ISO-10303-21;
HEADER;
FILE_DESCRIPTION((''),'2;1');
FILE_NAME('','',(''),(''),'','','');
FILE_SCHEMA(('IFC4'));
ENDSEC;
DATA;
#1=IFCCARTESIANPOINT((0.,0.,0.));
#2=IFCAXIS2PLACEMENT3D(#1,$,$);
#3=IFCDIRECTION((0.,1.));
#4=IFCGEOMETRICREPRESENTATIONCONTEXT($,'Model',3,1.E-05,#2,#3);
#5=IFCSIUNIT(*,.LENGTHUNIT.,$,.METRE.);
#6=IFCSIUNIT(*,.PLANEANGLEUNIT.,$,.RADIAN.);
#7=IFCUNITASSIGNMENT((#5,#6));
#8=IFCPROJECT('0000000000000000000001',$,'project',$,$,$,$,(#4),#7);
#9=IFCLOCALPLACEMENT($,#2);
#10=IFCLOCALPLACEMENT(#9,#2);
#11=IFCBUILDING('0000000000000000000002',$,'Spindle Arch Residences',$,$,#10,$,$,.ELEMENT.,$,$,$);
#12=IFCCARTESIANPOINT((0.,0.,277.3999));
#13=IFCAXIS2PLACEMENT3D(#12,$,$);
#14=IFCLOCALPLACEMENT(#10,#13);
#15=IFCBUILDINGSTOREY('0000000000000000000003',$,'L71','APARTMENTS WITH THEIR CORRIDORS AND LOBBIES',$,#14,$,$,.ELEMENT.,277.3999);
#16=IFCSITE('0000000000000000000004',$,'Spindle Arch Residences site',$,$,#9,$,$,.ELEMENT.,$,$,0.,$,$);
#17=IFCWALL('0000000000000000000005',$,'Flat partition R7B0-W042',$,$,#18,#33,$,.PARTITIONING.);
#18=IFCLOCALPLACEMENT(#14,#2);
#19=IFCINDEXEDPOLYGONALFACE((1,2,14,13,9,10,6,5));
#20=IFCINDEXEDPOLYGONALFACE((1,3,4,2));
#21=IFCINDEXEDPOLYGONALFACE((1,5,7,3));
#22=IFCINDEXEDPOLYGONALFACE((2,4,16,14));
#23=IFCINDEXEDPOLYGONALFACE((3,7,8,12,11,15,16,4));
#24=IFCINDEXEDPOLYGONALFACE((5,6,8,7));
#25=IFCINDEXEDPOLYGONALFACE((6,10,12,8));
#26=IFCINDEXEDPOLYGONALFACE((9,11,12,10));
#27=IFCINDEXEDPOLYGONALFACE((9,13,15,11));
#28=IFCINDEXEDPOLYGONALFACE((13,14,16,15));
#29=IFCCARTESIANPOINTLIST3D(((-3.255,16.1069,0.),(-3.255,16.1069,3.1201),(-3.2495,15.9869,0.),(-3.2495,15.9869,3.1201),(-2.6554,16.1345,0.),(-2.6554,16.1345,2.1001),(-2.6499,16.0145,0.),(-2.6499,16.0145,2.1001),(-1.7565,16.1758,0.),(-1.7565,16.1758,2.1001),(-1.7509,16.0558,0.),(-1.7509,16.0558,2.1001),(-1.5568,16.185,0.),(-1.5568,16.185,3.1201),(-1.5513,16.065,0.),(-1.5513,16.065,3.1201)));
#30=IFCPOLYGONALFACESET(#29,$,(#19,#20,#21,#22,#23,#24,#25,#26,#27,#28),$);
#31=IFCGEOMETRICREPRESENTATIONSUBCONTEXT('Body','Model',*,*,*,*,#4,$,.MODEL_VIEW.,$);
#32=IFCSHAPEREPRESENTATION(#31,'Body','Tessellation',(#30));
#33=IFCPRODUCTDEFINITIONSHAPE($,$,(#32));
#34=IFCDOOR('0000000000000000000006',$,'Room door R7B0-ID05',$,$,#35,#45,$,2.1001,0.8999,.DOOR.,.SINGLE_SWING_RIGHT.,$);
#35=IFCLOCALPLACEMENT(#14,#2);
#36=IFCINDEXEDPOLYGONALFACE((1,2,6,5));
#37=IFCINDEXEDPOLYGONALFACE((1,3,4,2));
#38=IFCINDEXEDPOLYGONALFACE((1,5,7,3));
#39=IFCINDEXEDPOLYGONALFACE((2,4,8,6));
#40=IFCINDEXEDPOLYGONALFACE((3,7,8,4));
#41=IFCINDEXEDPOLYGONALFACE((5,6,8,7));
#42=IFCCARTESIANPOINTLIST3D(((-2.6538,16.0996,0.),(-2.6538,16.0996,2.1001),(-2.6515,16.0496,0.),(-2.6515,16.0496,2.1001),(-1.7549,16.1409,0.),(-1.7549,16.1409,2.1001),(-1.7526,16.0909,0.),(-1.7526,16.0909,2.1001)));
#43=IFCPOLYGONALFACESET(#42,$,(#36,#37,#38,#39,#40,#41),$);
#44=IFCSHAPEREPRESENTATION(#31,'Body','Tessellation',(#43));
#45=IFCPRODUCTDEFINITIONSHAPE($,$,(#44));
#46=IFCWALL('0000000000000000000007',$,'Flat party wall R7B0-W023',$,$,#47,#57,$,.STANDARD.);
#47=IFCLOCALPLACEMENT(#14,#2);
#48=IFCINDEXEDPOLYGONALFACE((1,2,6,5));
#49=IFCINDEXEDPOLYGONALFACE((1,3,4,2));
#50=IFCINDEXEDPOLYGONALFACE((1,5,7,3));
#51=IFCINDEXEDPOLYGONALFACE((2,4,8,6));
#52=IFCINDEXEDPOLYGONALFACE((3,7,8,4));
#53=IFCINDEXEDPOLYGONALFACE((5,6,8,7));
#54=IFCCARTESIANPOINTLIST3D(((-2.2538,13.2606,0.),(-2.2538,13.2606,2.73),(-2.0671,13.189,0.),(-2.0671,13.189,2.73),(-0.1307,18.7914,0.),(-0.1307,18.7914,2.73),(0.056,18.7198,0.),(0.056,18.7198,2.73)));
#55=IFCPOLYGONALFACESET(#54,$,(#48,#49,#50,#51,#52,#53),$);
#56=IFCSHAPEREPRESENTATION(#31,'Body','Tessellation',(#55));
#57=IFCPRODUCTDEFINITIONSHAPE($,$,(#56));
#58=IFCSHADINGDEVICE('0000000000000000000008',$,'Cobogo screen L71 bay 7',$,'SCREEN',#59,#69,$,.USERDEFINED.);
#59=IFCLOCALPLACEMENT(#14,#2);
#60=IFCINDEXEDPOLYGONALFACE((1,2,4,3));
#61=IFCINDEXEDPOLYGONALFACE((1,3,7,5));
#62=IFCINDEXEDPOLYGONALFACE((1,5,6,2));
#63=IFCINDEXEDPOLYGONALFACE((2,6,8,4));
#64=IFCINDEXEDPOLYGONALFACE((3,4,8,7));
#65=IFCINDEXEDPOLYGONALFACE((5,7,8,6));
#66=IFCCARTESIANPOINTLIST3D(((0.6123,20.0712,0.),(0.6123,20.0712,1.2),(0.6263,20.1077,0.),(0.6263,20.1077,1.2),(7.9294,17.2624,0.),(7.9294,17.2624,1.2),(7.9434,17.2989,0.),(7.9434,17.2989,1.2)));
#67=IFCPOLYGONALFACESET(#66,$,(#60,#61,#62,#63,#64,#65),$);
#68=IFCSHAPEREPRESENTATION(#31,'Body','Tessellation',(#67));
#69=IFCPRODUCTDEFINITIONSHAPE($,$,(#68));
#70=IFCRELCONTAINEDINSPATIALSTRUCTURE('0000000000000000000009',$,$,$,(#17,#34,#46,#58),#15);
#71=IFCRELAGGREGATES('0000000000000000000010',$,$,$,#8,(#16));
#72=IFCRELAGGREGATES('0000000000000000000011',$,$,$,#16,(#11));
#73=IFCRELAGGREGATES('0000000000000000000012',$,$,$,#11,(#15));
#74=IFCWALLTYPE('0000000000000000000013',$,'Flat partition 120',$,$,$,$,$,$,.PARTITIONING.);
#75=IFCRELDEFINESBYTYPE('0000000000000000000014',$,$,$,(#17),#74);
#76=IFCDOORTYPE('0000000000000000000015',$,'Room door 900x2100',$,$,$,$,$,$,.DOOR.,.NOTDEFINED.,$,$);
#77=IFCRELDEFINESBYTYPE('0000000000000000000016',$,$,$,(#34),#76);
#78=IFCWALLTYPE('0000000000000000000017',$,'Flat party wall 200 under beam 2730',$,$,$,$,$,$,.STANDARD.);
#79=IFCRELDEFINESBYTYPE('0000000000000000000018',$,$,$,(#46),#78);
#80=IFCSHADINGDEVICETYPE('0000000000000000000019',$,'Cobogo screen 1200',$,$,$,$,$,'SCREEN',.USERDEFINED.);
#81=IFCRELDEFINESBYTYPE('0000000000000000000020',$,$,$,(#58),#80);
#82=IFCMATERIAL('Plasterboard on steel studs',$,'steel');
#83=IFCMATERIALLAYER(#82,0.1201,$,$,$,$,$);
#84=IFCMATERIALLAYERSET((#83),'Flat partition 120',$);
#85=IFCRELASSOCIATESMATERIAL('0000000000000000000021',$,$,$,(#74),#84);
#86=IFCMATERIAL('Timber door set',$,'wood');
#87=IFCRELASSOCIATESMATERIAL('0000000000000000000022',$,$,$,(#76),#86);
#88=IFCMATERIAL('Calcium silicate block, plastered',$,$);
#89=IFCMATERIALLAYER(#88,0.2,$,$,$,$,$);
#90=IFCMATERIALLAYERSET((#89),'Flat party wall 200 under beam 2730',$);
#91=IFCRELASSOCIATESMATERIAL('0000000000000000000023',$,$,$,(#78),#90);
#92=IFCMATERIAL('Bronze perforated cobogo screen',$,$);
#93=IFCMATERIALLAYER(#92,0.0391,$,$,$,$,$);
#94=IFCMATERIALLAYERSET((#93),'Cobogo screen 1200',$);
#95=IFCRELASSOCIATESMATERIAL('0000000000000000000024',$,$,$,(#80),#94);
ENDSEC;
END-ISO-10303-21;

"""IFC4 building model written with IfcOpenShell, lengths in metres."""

from ifc_helpers import new_model, si_unit, direction, frame, frame_2d, origin, origin_2d, place, context, subcontext, project, spatial, rectangle, extrude, material, layer, layer_set, type_object, element, fill, save


model = new_model("IFC4")

# Units and contexts
model_context = context("Model", 3, precision=1e-05, world=origin(), true_north=direction((0.0, 1.0)))
body_context = subcontext(model_context, "Body", "Model", "MODEL_VIEW")
ifc_project = project(units=[si_unit("LENGTHUNIT", "METRE"), si_unit("PLANEANGLEUNIT", "RADIAN")], contexts=[model_context])

# Site, building, storey
site_placement = place(None, origin())
site = spatial("IfcSite", under=ifc_project, at=site_placement, Name="Spindle Arch Residences site", CompositionType="ELEMENT", RefElevation=0.0)
building_placement = place(site_placement, origin())
building = spatial("IfcBuilding", under=site, at=building_placement, Name="Spindle Arch Residences", CompositionType="ELEMENT")
storey_placement = place(building_placement, frame((0.0, 0.0, 277.3999)))
storey = spatial("IfcBuildingStorey", under=building, at=storey_placement, Name="L71", Description="APARTMENTS WITH THEIR CORRIDORS AND LOBBIES", CompositionType="ELEMENT", Elevation=277.3999)

# Shared definitions
ifc_material_1 = material(Name="Plasterboard on steel studs", Category="steel")
ifc_layer_1 = layer(ifc_material_1, 0.1201)
ifc_layer_set_1 = layer_set([ifc_layer_1], Name="Flat partition 120")
wall_type_1 = type_object("IfcWallType", Name="Flat partition 120", PredefinedType="PARTITIONING", material=ifc_layer_set_1)

# Wall, opening, door
wall_1_placement = place(storey_placement, frame((-1.554, 16.125, 0.0), z_axis=(0.0, 0.0, 1.0), x_axis=(-0.998944, -0.045955, 0.0)))
wall_1 = element("IfcWall", 1, at=wall_1_placement, inside=storey, type_object=wall_type_1, Name="Flat partition R7B0-W042", PredefinedType="PARTITIONING", context=body_context, shape_type="SweptSolid", body=[
    extrude(rectangle(XDim=1.7, YDim=0.1201, at=frame_2d((0.8501, 0.0))), origin(), (0.0, 0.0, 1.0), 3.1201),
])
opening_1_placement = place(wall_1_placement, frame((0.2, 0.0, 0.0)))
opening_1 = element("IfcOpeningElement", 2, at=opening_1_placement, cuts=wall_1, PredefinedType="OPENING", context=body_context, shape_type="SweptSolid", body=[
    extrude(rectangle(XDim=0.8999, YDim=2.1001, at=frame_2d((0.45, 1.05))), frame((0.0, 0.0701, 0.0), z_axis=(0.0, -1.0, 0.0), x_axis=(1.0, 0.0, 0.0)), (0.0, 0.0, 1.0), 0.1401),
])
ifc_material_2 = material(Name="Timber door set", Category="wood")
door_type_1 = type_object("IfcDoorType", Name="Room door 900x2100", OperationType="NOTDEFINED", PredefinedType="DOOR", material=ifc_material_2)
door_1_placement = place(opening_1_placement, origin())
door_1 = element("IfcDoor", 3, at=door_1_placement, inside=storey, type_object=door_type_1, Name="Room door R7B0-ID05", OperationType="SINGLE_SWING_RIGHT", OverallHeight=2.1001, OverallWidth=0.8999, PredefinedType="DOOR", context=body_context, shape_type="SweptSolid", body=[
    extrude(rectangle(XDim=0.8999, YDim=2.1001, at=frame_2d((0.45, 1.05))), frame((0.0, 0.0249, 0.0), z_axis=(0.0, -1.0, 0.0), x_axis=(1.0, 0.0, 0.0)), (0.0, 0.0, 1.0), 0.05),
])
fill(opening_1, door_1)

# Wall
ifc_material_3 = material(Name="Calcium silicate block, plastered")
ifc_layer_2 = layer(ifc_material_3, 0.2)
ifc_layer_set_2 = layer_set([ifc_layer_2], Name="Flat party wall 200 under beam 2730")
wall_type_2 = type_object("IfcWallType", Name="Flat party wall 200 under beam 2730", PredefinedType="STANDARD", material=ifc_layer_set_2)
wall_2_placement = place(storey_placement, frame((-0.0374, 18.7556, 0.0), z_axis=(0.0, 0.0, 1.0), x_axis=(-0.358366, -0.933581, 0.0)))
element("IfcWall", 4, at=wall_2_placement, inside=storey, type_object=wall_type_2, Name="Flat party wall R7B0-W023", PredefinedType="STANDARD", context=body_context, shape_type="SweptSolid", body=[
    extrude(rectangle(XDim=5.9243, YDim=0.2, at=frame_2d((2.9622, 0.0))), origin(), (0.0, 0.0, 1.0), 2.73),
])

# Shading device
ifc_material_4 = material(Name="Bronze perforated cobogo screen")
ifc_layer_3 = layer(ifc_material_4, 0.0391)
ifc_layer_set_3 = layer_set([ifc_layer_3], Name="Cobogo screen 1200")
shading_device_type = type_object("IfcShadingDeviceType", Name="Cobogo screen 1200", ElementType="SCREEN", PredefinedType="USERDEFINED", material=ifc_layer_set_3)
shading_device_placement = place(storey_placement, frame((4.2778, 18.6851, 0.0), z_axis=(0.0, 0.0, 1.0), x_axis=(-0.93358, 0.358368, 0.0)))
element("IfcShadingDevice", 5, at=shading_device_placement, inside=storey, type_object=shading_device_type, Name="Cobogo screen L71 bay 7", ObjectType="SCREEN", PredefinedType="USERDEFINED", context=body_context, shape_type="SweptSolid", body=[
    extrude(rectangle(XDim=7.8376, YDim=0.0391, at=origin_2d()), origin(), (0.0, 0.0, 1.0), 1.2),
])

save(model, "model.ifc")
